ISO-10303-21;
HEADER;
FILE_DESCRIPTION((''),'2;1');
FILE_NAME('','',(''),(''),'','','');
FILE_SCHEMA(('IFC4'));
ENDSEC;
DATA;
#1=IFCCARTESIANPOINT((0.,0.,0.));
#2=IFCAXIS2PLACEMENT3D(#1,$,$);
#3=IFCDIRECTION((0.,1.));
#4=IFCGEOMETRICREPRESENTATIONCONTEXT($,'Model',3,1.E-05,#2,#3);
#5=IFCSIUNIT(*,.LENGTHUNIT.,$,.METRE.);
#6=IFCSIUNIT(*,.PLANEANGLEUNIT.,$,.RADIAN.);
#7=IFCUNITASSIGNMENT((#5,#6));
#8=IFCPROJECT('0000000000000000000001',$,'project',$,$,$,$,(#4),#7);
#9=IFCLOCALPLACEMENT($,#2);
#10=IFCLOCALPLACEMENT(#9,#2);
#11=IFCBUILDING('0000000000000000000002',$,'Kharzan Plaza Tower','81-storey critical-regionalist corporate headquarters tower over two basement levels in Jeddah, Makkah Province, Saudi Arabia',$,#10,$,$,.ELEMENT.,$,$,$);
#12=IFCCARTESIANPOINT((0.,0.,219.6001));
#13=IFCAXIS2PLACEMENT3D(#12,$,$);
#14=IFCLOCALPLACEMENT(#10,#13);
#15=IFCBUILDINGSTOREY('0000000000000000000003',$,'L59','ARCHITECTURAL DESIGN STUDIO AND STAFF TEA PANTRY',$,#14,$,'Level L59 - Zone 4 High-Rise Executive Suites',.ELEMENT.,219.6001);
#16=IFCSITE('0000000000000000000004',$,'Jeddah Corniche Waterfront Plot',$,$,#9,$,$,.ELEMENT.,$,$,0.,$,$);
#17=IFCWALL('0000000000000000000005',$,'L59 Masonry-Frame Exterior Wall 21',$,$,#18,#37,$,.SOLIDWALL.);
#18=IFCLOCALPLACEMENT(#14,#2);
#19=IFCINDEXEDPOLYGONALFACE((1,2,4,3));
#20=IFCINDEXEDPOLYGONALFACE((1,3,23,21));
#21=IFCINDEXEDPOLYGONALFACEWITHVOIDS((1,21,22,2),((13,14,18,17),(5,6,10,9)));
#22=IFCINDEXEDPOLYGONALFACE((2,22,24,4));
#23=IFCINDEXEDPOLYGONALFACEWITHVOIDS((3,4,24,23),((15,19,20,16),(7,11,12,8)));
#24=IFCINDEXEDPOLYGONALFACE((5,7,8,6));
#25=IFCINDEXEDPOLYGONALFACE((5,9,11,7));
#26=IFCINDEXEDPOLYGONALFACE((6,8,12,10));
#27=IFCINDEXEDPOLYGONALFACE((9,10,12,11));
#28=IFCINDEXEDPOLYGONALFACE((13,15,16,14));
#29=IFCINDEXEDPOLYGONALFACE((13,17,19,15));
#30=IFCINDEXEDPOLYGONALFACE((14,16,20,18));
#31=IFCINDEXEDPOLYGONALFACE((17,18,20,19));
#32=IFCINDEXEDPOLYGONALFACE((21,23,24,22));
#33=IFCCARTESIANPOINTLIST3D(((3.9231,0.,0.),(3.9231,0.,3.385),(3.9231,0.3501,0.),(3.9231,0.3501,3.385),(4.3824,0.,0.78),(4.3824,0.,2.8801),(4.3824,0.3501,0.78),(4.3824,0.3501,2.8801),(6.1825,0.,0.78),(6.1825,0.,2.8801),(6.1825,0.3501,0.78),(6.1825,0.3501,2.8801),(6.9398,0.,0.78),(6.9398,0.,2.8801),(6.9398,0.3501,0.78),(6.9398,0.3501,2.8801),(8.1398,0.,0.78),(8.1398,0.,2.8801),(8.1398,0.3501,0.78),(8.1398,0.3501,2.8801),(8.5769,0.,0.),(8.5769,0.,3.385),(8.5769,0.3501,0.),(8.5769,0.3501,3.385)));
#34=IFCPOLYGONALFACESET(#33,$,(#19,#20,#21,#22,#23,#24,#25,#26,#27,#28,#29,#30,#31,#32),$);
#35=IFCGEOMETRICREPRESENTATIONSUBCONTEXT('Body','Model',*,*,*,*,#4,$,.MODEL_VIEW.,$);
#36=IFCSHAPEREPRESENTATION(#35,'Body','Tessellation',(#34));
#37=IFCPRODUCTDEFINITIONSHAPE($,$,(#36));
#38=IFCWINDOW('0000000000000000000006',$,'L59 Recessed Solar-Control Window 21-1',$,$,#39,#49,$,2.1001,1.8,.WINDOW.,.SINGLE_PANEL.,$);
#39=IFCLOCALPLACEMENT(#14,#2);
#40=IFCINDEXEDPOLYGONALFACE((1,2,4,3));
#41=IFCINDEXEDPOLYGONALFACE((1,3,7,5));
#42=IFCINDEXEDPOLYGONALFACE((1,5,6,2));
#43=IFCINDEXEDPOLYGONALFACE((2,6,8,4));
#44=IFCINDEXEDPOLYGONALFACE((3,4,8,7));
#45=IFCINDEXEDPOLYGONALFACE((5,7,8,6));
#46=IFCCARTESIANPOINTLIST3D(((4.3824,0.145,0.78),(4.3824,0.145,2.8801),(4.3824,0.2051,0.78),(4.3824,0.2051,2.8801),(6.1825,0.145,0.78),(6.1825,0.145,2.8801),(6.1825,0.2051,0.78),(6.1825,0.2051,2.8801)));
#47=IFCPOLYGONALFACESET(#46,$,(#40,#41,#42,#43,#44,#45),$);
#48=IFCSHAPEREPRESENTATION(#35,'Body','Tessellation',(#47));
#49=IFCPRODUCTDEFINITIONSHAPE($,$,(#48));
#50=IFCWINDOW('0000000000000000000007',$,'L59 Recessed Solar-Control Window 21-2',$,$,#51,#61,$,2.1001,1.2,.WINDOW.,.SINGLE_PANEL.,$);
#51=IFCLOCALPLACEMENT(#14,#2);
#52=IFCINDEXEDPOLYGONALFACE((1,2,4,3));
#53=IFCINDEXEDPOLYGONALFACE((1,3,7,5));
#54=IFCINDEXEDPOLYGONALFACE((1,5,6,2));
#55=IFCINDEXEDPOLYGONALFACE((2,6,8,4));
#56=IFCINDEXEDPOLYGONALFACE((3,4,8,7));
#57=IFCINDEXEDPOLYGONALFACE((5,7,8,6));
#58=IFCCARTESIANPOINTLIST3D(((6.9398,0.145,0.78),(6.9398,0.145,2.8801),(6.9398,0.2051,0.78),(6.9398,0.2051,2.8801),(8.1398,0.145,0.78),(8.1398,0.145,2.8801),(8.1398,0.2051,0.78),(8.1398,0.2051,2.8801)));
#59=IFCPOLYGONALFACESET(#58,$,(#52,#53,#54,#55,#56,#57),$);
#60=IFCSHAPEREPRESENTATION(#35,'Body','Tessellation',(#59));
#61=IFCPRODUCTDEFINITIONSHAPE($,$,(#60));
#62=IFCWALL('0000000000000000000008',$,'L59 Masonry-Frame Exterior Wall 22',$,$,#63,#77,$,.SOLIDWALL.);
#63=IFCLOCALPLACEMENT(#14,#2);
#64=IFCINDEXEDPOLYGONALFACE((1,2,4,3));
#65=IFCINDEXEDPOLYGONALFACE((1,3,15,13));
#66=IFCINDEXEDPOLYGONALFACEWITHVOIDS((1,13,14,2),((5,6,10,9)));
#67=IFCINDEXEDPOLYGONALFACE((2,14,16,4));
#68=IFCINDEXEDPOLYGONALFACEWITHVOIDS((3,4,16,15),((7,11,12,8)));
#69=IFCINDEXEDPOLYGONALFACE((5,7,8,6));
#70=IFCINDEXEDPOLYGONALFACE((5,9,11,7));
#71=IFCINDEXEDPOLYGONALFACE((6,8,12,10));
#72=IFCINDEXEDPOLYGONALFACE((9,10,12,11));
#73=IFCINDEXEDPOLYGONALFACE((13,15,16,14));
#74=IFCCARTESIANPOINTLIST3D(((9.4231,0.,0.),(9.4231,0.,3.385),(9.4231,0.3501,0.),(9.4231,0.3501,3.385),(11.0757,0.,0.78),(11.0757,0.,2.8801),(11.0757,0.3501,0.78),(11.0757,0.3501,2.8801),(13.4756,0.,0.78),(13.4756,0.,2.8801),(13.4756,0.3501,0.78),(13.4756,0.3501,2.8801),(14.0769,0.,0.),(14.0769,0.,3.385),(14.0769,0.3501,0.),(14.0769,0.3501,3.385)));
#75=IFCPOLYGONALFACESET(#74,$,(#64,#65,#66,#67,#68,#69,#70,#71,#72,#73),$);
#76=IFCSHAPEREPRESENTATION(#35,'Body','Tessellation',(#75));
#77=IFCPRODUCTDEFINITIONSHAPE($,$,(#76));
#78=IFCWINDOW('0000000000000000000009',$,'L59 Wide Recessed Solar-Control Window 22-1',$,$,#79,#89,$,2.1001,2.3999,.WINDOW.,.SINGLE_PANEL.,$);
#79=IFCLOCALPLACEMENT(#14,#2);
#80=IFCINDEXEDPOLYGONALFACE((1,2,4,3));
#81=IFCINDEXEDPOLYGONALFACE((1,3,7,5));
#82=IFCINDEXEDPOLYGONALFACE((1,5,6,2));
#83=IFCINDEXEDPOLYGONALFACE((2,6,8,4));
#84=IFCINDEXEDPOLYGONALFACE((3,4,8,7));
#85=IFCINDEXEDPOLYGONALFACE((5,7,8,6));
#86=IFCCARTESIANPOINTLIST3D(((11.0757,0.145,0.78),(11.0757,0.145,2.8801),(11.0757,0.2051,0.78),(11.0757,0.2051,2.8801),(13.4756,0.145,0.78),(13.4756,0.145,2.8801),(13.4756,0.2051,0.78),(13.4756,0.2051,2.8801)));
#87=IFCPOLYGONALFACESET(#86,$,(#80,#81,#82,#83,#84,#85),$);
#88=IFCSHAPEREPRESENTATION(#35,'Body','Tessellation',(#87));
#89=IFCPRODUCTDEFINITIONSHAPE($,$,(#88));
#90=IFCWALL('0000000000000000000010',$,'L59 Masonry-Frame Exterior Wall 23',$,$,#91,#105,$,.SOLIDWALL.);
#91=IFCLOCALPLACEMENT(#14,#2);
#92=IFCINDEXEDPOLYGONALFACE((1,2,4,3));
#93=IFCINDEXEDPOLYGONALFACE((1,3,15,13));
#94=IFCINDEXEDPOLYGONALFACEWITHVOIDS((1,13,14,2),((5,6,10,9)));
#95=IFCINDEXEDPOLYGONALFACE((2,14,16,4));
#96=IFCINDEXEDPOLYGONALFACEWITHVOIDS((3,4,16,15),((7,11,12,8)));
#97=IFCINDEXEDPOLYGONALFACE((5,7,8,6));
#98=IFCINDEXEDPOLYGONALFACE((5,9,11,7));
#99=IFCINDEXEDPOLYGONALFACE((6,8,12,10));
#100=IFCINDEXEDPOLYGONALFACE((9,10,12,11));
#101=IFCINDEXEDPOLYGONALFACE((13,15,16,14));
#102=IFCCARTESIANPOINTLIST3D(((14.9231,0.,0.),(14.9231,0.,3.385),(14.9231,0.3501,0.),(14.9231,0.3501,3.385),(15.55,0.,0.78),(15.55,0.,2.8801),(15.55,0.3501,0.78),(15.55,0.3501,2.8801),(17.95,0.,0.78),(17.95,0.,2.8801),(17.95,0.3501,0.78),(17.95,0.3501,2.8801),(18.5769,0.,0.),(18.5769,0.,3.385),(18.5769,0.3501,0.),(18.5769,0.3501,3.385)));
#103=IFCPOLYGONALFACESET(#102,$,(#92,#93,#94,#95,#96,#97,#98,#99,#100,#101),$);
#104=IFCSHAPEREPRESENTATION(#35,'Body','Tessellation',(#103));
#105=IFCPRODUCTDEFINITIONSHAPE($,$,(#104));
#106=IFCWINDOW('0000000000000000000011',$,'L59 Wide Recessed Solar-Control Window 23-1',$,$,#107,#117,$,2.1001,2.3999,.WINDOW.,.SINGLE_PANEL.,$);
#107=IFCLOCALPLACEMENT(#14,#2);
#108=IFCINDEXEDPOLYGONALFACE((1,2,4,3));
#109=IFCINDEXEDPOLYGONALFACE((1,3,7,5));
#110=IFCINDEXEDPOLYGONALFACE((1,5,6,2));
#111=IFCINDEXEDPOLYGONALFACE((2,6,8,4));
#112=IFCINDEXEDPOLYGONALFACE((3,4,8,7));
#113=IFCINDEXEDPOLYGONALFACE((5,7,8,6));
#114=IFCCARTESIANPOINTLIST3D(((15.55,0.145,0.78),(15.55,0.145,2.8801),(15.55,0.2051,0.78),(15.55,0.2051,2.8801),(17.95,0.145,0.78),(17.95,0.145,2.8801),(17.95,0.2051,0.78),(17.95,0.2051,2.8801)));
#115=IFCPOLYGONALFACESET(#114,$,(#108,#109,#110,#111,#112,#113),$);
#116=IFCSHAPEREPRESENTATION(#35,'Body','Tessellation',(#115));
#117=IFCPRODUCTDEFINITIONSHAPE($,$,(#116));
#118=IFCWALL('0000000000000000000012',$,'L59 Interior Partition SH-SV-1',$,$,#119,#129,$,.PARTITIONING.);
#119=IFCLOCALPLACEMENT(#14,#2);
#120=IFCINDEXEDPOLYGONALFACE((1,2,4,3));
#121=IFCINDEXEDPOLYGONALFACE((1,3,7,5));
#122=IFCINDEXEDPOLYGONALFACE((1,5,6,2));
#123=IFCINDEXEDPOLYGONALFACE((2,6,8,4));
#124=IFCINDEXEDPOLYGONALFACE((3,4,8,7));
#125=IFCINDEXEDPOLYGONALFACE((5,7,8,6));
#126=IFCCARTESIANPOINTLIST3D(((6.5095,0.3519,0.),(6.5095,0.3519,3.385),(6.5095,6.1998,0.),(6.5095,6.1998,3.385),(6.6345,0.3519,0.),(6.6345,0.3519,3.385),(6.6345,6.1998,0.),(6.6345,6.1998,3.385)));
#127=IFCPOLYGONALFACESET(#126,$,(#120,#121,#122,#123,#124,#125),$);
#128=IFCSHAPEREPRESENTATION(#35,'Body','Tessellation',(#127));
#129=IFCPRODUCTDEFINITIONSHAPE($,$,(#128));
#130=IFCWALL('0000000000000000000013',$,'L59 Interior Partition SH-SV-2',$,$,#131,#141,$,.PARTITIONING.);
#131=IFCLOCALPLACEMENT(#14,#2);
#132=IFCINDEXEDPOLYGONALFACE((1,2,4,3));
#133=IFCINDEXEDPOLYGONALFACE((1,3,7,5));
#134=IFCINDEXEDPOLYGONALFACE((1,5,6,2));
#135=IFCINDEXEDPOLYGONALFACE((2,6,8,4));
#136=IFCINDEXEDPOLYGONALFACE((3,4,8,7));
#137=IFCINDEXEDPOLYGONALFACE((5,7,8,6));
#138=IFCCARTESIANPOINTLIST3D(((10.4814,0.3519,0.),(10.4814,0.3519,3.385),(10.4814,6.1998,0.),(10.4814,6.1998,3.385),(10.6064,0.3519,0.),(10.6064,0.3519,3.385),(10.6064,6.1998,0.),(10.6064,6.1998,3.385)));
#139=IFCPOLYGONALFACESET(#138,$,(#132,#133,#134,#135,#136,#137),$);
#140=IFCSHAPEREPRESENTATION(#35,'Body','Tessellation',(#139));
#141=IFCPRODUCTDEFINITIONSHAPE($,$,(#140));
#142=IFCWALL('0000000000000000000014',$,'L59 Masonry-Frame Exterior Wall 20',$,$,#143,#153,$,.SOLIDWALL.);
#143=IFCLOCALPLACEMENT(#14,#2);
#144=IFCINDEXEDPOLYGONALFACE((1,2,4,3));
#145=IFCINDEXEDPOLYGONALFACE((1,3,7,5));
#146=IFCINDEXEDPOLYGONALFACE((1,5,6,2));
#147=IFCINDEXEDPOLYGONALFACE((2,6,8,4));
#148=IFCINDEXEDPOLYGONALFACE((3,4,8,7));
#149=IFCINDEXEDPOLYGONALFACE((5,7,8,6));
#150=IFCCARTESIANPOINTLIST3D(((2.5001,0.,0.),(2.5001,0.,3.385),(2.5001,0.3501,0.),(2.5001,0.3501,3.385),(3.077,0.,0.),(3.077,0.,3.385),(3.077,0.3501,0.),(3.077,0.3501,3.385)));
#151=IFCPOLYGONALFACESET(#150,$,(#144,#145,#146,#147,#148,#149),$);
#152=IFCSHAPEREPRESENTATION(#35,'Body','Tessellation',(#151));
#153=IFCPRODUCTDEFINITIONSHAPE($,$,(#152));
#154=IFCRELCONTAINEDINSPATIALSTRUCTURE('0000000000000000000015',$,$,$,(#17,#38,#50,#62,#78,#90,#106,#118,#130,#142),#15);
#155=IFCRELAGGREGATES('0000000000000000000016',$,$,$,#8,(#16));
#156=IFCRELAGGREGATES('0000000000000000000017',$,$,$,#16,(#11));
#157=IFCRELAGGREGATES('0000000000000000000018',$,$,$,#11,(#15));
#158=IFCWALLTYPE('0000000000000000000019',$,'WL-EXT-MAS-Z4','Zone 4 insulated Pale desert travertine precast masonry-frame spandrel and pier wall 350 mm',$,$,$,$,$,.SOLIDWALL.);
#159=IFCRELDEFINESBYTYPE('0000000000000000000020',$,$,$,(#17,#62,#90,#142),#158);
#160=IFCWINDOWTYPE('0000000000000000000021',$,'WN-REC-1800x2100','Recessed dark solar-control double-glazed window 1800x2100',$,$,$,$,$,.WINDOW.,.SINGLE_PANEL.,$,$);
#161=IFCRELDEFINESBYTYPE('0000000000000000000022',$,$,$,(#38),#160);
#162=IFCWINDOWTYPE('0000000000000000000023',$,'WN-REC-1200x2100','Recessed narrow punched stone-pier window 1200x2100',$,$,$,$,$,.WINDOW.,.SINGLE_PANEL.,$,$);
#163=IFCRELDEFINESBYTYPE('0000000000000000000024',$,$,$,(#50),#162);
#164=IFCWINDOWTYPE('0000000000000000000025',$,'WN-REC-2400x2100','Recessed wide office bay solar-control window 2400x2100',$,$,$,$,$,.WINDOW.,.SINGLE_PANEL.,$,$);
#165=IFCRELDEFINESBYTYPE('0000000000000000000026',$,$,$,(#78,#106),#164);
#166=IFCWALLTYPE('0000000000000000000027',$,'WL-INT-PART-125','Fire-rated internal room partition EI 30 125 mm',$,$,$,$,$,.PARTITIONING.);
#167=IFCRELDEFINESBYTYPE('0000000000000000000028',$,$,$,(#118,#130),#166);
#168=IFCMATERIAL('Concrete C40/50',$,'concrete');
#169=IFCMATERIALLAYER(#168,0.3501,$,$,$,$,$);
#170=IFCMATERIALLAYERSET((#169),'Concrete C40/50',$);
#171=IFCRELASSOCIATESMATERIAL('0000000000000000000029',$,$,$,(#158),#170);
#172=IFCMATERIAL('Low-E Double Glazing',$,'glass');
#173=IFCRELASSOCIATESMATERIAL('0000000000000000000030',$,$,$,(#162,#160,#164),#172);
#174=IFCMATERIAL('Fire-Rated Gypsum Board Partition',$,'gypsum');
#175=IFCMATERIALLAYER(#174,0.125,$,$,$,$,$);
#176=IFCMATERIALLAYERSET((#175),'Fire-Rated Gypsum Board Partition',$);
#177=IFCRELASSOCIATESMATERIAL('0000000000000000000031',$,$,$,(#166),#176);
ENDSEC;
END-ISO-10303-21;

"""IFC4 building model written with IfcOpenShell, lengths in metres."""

from ifc_helpers import new_model, si_unit, direction, frame, frame_2d, origin, place, context, subcontext, project, spatial, rectangle, extrude, source, transform, mapped, material, layer, layer_set, type_object, element, fill, save


model = new_model("IFC4")

# Units and contexts
model_context = context("Model", 3, precision=1e-05, world=origin(), true_north=direction((0.0, 1.0)))
body_context = subcontext(model_context, "Body", "Model", "MODEL_VIEW")
ifc_project = project(units=[si_unit("LENGTHUNIT", "METRE"), si_unit("PLANEANGLEUNIT", "RADIAN")], contexts=[model_context])

# Site, building, storey
site_placement = place(None, origin())
site = spatial("IfcSite", under=ifc_project, at=site_placement, Name="Jeddah Corniche Waterfront Plot", CompositionType="ELEMENT", RefElevation=0.0)
building_placement = place(site_placement, origin())
building = spatial("IfcBuilding", under=site, at=building_placement, Name="Kharzan Plaza Tower", Description="81-storey critical-regionalist corporate headquarters tower over two basement levels in Jeddah, Makkah Province, Saudi Arabia", CompositionType="ELEMENT")
storey_placement = place(building_placement, frame((0.0, 0.0, 219.6001)))
storey = spatial("IfcBuildingStorey", under=building, at=storey_placement, Name="L59", Description="ARCHITECTURAL DESIGN STUDIO AND STAFF TEA PANTRY", LongName="Level L59 - Zone 4 High-Rise Executive Suites", CompositionType="ELEMENT", Elevation=219.6001)

# Shared definitions
ifc_material_1 = material(Name="Concrete C40/50", Category="concrete")
ifc_layer_1 = layer(ifc_material_1, 0.3501)
ifc_layer_set_1 = layer_set([ifc_layer_1], Name="Concrete C40/50")
wall_type_1 = type_object("IfcWallType", Name="WL-EXT-MAS-Z4", Description="Zone 4 insulated Pale desert travertine precast masonry-frame spandrel and pier wall 350 mm", PredefinedType="SOLIDWALL", material=ifc_layer_set_1)
ifc_material_2 = material(Name="Low-E Double Glazing", Category="glass")
window_type_1 = type_object("IfcWindowType", Name="WN-REC-1200x2100", Description="Recessed narrow punched stone-pier window 1200x2100", PartitioningType="SINGLE_PANEL", PredefinedType="WINDOW", material=ifc_material_2)
shared_shape_1 = source(origin(), body_context, "Body", "SweptSolid", [
    extrude(rectangle(XDim=1.2, YDim=2.1001, at=frame_2d((0.6001, 1.05))), frame((0.0, 0.03, 0.0), z_axis=(0.0, -1.0, 0.0), x_axis=(1.0, 0.0, 0.0)), (0.0, 0.0, 1.0), 0.0601),
])

# Wall, openings, windows
wall_1_placement = place(storey_placement, frame((3.9231, 0.175, 0.0), z_axis=(0.0, 0.0, 1.0), x_axis=(1.0, 0.0, 0.0)))
wall_1 = element("IfcWall", 1, at=wall_1_placement, inside=storey, type_object=wall_type_1, Name="L59 Masonry-Frame Exterior Wall 21", PredefinedType="SOLIDWALL", context=body_context, shape_type="SweptSolid", body=[
    extrude(rectangle(XDim=4.6538, YDim=0.3501, at=frame_2d((2.3269, 0.0))), origin(), (0.0, 0.0, 1.0), 3.385),
])
opening_1_placement = place(wall_1_placement, frame((0.4595, 0.0, 0.78)))
opening_1 = element("IfcOpeningElement", 2, at=opening_1_placement, cuts=wall_1, PredefinedType="OPENING", context=body_context, shape_type="SweptSolid", body=[
    extrude(rectangle(XDim=1.8, YDim=2.1001, at=frame_2d((0.8999, 1.05))), frame((0.0, 0.1851, 0.0), z_axis=(0.0, -1.0, 0.0), x_axis=(1.0, 0.0, 0.0)), (0.0, 0.0, 1.0), 0.3701),
])
opening_2_placement = place(wall_1_placement, frame((3.0166, 0.0, 0.78)))
opening_2 = element("IfcOpeningElement", 3, at=opening_2_placement, cuts=wall_1, PredefinedType="OPENING", context=body_context, shape_type="SweptSolid", body=[
    extrude(rectangle(XDim=1.2, YDim=2.1001, at=frame_2d((0.6001, 1.05))), frame((0.0, 0.1851, 0.0), z_axis=(0.0, -1.0, 0.0), x_axis=(1.0, 0.0, 0.0)), (0.0, 0.0, 1.0), 0.3701),
])
window_type_2 = type_object("IfcWindowType", Name="WN-REC-1800x2100", Description="Recessed dark solar-control double-glazed window 1800x2100", PartitioningType="SINGLE_PANEL", PredefinedType="WINDOW", material=ifc_material_2)
shared_shape_2 = source(origin(), body_context, "Body", "SweptSolid", [
    extrude(rectangle(XDim=1.8, YDim=2.1001, at=frame_2d((0.8999, 1.05))), frame((0.0, 0.03, 0.0), z_axis=(0.0, -1.0, 0.0), x_axis=(1.0, 0.0, 0.0)), (0.0, 0.0, 1.0), 0.0601),
])
window_1_placement = place(opening_1_placement, origin())
window_1 = element("IfcWindow", 4, at=window_1_placement, inside=storey, type_object=window_type_2, Name="L59 Recessed Solar-Control Window 21-1", OverallHeight=2.1001, OverallWidth=1.8, PartitioningType="SINGLE_PANEL", PredefinedType="WINDOW", context=body_context, shape_type="MappedRepresentation", body=[
    mapped(shared_shape_2, transform((0.0, 0.0, 0.0), x_axis=(1.0, 0.0, 0.0), y_axis=(0.0, 1.0, 0.0), z_axis=(0.0, 0.0, 1.0))),
])
fill(opening_1, window_1)
window_2_placement = place(opening_2_placement, origin())
window_2 = element("IfcWindow", 5, at=window_2_placement, inside=storey, type_object=window_type_1, Name="L59 Recessed Solar-Control Window 21-2", OverallHeight=2.1001, OverallWidth=1.2, PartitioningType="SINGLE_PANEL", PredefinedType="WINDOW", context=body_context, shape_type="MappedRepresentation", body=[
    mapped(shared_shape_1, transform((0.0, 0.0, 0.0), x_axis=(1.0, 0.0, 0.0), y_axis=(0.0, 1.0, 0.0), z_axis=(0.0, 0.0, 1.0))),
])
fill(opening_2, window_2)

# Walls, openings, windows
wall_2_placement = place(storey_placement, frame((9.4231, 0.175, 0.0), z_axis=(0.0, 0.0, 1.0), x_axis=(1.0, 0.0, 0.0)))
wall_2 = element("IfcWall", 6, at=wall_2_placement, inside=storey, type_object=wall_type_1, Name="L59 Masonry-Frame Exterior Wall 22", PredefinedType="SOLIDWALL", context=body_context, shape_type="SweptSolid", body=[
    extrude(rectangle(XDim=4.6538, YDim=0.3501, at=frame_2d((2.3269, 0.0))), origin(), (0.0, 0.0, 1.0), 3.385),
])
opening_3_placement = place(wall_2_placement, frame((1.6526, 0.0, 0.78)))
opening_3 = element("IfcOpeningElement", 7, at=opening_3_placement, cuts=wall_2, PredefinedType="OPENING", context=body_context, shape_type="SweptSolid", body=[
    extrude(rectangle(XDim=2.3999, YDim=2.1001, at=frame_2d((1.2, 1.05))), frame((0.0, 0.1851, 0.0), z_axis=(0.0, -1.0, 0.0), x_axis=(1.0, 0.0, 0.0)), (0.0, 0.0, 1.0), 0.3701),
])
window_type_3 = type_object("IfcWindowType", Name="WN-REC-2400x2100", Description="Recessed wide office bay solar-control window 2400x2100", PartitioningType="SINGLE_PANEL", PredefinedType="WINDOW", material=ifc_material_2)
shared_shape_3 = source(origin(), body_context, "Body", "SweptSolid", [
    extrude(rectangle(XDim=2.3999, YDim=2.1001, at=frame_2d((1.2, 1.05))), frame((0.0, 0.03, 0.0), z_axis=(0.0, -1.0, 0.0), x_axis=(1.0, 0.0, 0.0)), (0.0, 0.0, 1.0), 0.0601),
])
window_3_placement = place(opening_3_placement, origin())
window_3 = element("IfcWindow", 8, at=window_3_placement, inside=storey, type_object=window_type_3, Name="L59 Wide Recessed Solar-Control Window 22-1", OverallHeight=2.1001, OverallWidth=2.3999, PartitioningType="SINGLE_PANEL", PredefinedType="WINDOW", context=body_context, shape_type="MappedRepresentation", body=[
    mapped(shared_shape_3, transform((0.0, 0.0, 0.0), x_axis=(1.0, 0.0, 0.0), y_axis=(0.0, 1.0, 0.0), z_axis=(0.0, 0.0, 1.0))),
])
fill(opening_3, window_3)
wall_3_placement = place(storey_placement, frame((14.9231, 0.175, 0.0), z_axis=(0.0, 0.0, 1.0), x_axis=(1.0, 0.0, 0.0)))
wall_3 = element("IfcWall", 9, at=wall_3_placement, inside=storey, type_object=wall_type_1, Name="L59 Masonry-Frame Exterior Wall 23", PredefinedType="SOLIDWALL", context=body_context, shape_type="SweptSolid", body=[
    extrude(rectangle(XDim=3.6538, YDim=0.3501, at=frame_2d((1.8269, 0.0))), origin(), (0.0, 0.0, 1.0), 3.385),
])
opening_4_placement = place(wall_3_placement, frame((0.627, 0.0, 0.78)))
opening_4 = element("IfcOpeningElement", 10, at=opening_4_placement, cuts=wall_3, PredefinedType="OPENING", context=body_context, shape_type="SweptSolid", body=[
    extrude(rectangle(XDim=2.3999, YDim=2.1001, at=frame_2d((1.2, 1.05))), frame((0.0, 0.1851, 0.0), z_axis=(0.0, -1.0, 0.0), x_axis=(1.0, 0.0, 0.0)), (0.0, 0.0, 1.0), 0.3701),
])
window_4_placement = place(opening_4_placement, origin())
window_4 = element("IfcWindow", 11, at=window_4_placement, inside=storey, type_object=window_type_3, Name="L59 Wide Recessed Solar-Control Window 23-1", OverallHeight=2.1001, OverallWidth=2.3999, PartitioningType="SINGLE_PANEL", PredefinedType="WINDOW", context=body_context, shape_type="MappedRepresentation", body=[
    mapped(shared_shape_3, transform((0.0, 0.0, 0.0), x_axis=(1.0, 0.0, 0.0), y_axis=(0.0, 1.0, 0.0), z_axis=(0.0, 0.0, 1.0))),
])
fill(opening_4, window_4)

# Shared definitions
ifc_material_3 = material(Name="Fire-Rated Gypsum Board Partition", Category="gypsum")
ifc_layer_2 = layer(ifc_material_3, 0.125)
ifc_layer_set_2 = layer_set([ifc_layer_2], Name="Fire-Rated Gypsum Board Partition")
wall_type_2 = type_object("IfcWallType", Name="WL-INT-PART-125", Description="Fire-rated internal room partition EI 30 125 mm", PredefinedType="PARTITIONING", material=ifc_layer_set_2)

# Walls
shared_shape_4 = source(origin(), body_context, "Body", "SweptSolid", [
    extrude(rectangle(XDim=5.8479, YDim=0.125, at=frame_2d((2.9238, 0.0))), origin(), (0.0, 0.0, 1.0), 3.385),
])
for number, where, z_axis, x_axis, name in (
    (12, (6.572, 0.3521, 0.0), (0.0, 0.0, 1.0), (0.0, 1.0, 0.0), "L59 Interior Partition SH-SV-1"),
    (13, (10.5439, 0.3521, 0.0), (0.0, 0.0, 1.0), (0.0, 1.0, 0.0), "L59 Interior Partition SH-SV-2"),
):
    element("IfcWall", number, at=place(storey_placement, frame(where, z_axis=z_axis, x_axis=x_axis)), inside=storey, type_object=wall_type_2, Name=name, PredefinedType="PARTITIONING", context=body_context, shape_type="MappedRepresentation", body=[
        mapped(shared_shape_4, transform((0.0, 0.0, 0.0), x_axis=(1.0, 0.0, 0.0), y_axis=(0.0, 1.0, 0.0), z_axis=(0.0, 0.0, 1.0))),
    ])
shared_shape_5 = source(origin(), body_context, "Body", "SweptSolid", [
    extrude(rectangle(XDim=0.5769, YDim=0.3501, at=frame_2d((0.2886, 0.0))), origin(), (0.0, 0.0, 1.0), 3.385),
])
wall_4_placement = place(storey_placement, frame((2.5, 0.175, 0.0), z_axis=(0.0, 0.0, 1.0), x_axis=(1.0, 0.0, 0.0)))
element("IfcWall", 14, at=wall_4_placement, inside=storey, type_object=wall_type_1, Name="L59 Masonry-Frame Exterior Wall 20", PredefinedType="SOLIDWALL", context=body_context, shape_type="MappedRepresentation", body=[
    mapped(shared_shape_5, transform((0.0, 0.0, 0.0), x_axis=(1.0, 0.0, 0.0), y_axis=(0.0, 1.0, 0.0), z_axis=(0.0, 0.0, 1.0))),
])

save(model, "model.ifc")
